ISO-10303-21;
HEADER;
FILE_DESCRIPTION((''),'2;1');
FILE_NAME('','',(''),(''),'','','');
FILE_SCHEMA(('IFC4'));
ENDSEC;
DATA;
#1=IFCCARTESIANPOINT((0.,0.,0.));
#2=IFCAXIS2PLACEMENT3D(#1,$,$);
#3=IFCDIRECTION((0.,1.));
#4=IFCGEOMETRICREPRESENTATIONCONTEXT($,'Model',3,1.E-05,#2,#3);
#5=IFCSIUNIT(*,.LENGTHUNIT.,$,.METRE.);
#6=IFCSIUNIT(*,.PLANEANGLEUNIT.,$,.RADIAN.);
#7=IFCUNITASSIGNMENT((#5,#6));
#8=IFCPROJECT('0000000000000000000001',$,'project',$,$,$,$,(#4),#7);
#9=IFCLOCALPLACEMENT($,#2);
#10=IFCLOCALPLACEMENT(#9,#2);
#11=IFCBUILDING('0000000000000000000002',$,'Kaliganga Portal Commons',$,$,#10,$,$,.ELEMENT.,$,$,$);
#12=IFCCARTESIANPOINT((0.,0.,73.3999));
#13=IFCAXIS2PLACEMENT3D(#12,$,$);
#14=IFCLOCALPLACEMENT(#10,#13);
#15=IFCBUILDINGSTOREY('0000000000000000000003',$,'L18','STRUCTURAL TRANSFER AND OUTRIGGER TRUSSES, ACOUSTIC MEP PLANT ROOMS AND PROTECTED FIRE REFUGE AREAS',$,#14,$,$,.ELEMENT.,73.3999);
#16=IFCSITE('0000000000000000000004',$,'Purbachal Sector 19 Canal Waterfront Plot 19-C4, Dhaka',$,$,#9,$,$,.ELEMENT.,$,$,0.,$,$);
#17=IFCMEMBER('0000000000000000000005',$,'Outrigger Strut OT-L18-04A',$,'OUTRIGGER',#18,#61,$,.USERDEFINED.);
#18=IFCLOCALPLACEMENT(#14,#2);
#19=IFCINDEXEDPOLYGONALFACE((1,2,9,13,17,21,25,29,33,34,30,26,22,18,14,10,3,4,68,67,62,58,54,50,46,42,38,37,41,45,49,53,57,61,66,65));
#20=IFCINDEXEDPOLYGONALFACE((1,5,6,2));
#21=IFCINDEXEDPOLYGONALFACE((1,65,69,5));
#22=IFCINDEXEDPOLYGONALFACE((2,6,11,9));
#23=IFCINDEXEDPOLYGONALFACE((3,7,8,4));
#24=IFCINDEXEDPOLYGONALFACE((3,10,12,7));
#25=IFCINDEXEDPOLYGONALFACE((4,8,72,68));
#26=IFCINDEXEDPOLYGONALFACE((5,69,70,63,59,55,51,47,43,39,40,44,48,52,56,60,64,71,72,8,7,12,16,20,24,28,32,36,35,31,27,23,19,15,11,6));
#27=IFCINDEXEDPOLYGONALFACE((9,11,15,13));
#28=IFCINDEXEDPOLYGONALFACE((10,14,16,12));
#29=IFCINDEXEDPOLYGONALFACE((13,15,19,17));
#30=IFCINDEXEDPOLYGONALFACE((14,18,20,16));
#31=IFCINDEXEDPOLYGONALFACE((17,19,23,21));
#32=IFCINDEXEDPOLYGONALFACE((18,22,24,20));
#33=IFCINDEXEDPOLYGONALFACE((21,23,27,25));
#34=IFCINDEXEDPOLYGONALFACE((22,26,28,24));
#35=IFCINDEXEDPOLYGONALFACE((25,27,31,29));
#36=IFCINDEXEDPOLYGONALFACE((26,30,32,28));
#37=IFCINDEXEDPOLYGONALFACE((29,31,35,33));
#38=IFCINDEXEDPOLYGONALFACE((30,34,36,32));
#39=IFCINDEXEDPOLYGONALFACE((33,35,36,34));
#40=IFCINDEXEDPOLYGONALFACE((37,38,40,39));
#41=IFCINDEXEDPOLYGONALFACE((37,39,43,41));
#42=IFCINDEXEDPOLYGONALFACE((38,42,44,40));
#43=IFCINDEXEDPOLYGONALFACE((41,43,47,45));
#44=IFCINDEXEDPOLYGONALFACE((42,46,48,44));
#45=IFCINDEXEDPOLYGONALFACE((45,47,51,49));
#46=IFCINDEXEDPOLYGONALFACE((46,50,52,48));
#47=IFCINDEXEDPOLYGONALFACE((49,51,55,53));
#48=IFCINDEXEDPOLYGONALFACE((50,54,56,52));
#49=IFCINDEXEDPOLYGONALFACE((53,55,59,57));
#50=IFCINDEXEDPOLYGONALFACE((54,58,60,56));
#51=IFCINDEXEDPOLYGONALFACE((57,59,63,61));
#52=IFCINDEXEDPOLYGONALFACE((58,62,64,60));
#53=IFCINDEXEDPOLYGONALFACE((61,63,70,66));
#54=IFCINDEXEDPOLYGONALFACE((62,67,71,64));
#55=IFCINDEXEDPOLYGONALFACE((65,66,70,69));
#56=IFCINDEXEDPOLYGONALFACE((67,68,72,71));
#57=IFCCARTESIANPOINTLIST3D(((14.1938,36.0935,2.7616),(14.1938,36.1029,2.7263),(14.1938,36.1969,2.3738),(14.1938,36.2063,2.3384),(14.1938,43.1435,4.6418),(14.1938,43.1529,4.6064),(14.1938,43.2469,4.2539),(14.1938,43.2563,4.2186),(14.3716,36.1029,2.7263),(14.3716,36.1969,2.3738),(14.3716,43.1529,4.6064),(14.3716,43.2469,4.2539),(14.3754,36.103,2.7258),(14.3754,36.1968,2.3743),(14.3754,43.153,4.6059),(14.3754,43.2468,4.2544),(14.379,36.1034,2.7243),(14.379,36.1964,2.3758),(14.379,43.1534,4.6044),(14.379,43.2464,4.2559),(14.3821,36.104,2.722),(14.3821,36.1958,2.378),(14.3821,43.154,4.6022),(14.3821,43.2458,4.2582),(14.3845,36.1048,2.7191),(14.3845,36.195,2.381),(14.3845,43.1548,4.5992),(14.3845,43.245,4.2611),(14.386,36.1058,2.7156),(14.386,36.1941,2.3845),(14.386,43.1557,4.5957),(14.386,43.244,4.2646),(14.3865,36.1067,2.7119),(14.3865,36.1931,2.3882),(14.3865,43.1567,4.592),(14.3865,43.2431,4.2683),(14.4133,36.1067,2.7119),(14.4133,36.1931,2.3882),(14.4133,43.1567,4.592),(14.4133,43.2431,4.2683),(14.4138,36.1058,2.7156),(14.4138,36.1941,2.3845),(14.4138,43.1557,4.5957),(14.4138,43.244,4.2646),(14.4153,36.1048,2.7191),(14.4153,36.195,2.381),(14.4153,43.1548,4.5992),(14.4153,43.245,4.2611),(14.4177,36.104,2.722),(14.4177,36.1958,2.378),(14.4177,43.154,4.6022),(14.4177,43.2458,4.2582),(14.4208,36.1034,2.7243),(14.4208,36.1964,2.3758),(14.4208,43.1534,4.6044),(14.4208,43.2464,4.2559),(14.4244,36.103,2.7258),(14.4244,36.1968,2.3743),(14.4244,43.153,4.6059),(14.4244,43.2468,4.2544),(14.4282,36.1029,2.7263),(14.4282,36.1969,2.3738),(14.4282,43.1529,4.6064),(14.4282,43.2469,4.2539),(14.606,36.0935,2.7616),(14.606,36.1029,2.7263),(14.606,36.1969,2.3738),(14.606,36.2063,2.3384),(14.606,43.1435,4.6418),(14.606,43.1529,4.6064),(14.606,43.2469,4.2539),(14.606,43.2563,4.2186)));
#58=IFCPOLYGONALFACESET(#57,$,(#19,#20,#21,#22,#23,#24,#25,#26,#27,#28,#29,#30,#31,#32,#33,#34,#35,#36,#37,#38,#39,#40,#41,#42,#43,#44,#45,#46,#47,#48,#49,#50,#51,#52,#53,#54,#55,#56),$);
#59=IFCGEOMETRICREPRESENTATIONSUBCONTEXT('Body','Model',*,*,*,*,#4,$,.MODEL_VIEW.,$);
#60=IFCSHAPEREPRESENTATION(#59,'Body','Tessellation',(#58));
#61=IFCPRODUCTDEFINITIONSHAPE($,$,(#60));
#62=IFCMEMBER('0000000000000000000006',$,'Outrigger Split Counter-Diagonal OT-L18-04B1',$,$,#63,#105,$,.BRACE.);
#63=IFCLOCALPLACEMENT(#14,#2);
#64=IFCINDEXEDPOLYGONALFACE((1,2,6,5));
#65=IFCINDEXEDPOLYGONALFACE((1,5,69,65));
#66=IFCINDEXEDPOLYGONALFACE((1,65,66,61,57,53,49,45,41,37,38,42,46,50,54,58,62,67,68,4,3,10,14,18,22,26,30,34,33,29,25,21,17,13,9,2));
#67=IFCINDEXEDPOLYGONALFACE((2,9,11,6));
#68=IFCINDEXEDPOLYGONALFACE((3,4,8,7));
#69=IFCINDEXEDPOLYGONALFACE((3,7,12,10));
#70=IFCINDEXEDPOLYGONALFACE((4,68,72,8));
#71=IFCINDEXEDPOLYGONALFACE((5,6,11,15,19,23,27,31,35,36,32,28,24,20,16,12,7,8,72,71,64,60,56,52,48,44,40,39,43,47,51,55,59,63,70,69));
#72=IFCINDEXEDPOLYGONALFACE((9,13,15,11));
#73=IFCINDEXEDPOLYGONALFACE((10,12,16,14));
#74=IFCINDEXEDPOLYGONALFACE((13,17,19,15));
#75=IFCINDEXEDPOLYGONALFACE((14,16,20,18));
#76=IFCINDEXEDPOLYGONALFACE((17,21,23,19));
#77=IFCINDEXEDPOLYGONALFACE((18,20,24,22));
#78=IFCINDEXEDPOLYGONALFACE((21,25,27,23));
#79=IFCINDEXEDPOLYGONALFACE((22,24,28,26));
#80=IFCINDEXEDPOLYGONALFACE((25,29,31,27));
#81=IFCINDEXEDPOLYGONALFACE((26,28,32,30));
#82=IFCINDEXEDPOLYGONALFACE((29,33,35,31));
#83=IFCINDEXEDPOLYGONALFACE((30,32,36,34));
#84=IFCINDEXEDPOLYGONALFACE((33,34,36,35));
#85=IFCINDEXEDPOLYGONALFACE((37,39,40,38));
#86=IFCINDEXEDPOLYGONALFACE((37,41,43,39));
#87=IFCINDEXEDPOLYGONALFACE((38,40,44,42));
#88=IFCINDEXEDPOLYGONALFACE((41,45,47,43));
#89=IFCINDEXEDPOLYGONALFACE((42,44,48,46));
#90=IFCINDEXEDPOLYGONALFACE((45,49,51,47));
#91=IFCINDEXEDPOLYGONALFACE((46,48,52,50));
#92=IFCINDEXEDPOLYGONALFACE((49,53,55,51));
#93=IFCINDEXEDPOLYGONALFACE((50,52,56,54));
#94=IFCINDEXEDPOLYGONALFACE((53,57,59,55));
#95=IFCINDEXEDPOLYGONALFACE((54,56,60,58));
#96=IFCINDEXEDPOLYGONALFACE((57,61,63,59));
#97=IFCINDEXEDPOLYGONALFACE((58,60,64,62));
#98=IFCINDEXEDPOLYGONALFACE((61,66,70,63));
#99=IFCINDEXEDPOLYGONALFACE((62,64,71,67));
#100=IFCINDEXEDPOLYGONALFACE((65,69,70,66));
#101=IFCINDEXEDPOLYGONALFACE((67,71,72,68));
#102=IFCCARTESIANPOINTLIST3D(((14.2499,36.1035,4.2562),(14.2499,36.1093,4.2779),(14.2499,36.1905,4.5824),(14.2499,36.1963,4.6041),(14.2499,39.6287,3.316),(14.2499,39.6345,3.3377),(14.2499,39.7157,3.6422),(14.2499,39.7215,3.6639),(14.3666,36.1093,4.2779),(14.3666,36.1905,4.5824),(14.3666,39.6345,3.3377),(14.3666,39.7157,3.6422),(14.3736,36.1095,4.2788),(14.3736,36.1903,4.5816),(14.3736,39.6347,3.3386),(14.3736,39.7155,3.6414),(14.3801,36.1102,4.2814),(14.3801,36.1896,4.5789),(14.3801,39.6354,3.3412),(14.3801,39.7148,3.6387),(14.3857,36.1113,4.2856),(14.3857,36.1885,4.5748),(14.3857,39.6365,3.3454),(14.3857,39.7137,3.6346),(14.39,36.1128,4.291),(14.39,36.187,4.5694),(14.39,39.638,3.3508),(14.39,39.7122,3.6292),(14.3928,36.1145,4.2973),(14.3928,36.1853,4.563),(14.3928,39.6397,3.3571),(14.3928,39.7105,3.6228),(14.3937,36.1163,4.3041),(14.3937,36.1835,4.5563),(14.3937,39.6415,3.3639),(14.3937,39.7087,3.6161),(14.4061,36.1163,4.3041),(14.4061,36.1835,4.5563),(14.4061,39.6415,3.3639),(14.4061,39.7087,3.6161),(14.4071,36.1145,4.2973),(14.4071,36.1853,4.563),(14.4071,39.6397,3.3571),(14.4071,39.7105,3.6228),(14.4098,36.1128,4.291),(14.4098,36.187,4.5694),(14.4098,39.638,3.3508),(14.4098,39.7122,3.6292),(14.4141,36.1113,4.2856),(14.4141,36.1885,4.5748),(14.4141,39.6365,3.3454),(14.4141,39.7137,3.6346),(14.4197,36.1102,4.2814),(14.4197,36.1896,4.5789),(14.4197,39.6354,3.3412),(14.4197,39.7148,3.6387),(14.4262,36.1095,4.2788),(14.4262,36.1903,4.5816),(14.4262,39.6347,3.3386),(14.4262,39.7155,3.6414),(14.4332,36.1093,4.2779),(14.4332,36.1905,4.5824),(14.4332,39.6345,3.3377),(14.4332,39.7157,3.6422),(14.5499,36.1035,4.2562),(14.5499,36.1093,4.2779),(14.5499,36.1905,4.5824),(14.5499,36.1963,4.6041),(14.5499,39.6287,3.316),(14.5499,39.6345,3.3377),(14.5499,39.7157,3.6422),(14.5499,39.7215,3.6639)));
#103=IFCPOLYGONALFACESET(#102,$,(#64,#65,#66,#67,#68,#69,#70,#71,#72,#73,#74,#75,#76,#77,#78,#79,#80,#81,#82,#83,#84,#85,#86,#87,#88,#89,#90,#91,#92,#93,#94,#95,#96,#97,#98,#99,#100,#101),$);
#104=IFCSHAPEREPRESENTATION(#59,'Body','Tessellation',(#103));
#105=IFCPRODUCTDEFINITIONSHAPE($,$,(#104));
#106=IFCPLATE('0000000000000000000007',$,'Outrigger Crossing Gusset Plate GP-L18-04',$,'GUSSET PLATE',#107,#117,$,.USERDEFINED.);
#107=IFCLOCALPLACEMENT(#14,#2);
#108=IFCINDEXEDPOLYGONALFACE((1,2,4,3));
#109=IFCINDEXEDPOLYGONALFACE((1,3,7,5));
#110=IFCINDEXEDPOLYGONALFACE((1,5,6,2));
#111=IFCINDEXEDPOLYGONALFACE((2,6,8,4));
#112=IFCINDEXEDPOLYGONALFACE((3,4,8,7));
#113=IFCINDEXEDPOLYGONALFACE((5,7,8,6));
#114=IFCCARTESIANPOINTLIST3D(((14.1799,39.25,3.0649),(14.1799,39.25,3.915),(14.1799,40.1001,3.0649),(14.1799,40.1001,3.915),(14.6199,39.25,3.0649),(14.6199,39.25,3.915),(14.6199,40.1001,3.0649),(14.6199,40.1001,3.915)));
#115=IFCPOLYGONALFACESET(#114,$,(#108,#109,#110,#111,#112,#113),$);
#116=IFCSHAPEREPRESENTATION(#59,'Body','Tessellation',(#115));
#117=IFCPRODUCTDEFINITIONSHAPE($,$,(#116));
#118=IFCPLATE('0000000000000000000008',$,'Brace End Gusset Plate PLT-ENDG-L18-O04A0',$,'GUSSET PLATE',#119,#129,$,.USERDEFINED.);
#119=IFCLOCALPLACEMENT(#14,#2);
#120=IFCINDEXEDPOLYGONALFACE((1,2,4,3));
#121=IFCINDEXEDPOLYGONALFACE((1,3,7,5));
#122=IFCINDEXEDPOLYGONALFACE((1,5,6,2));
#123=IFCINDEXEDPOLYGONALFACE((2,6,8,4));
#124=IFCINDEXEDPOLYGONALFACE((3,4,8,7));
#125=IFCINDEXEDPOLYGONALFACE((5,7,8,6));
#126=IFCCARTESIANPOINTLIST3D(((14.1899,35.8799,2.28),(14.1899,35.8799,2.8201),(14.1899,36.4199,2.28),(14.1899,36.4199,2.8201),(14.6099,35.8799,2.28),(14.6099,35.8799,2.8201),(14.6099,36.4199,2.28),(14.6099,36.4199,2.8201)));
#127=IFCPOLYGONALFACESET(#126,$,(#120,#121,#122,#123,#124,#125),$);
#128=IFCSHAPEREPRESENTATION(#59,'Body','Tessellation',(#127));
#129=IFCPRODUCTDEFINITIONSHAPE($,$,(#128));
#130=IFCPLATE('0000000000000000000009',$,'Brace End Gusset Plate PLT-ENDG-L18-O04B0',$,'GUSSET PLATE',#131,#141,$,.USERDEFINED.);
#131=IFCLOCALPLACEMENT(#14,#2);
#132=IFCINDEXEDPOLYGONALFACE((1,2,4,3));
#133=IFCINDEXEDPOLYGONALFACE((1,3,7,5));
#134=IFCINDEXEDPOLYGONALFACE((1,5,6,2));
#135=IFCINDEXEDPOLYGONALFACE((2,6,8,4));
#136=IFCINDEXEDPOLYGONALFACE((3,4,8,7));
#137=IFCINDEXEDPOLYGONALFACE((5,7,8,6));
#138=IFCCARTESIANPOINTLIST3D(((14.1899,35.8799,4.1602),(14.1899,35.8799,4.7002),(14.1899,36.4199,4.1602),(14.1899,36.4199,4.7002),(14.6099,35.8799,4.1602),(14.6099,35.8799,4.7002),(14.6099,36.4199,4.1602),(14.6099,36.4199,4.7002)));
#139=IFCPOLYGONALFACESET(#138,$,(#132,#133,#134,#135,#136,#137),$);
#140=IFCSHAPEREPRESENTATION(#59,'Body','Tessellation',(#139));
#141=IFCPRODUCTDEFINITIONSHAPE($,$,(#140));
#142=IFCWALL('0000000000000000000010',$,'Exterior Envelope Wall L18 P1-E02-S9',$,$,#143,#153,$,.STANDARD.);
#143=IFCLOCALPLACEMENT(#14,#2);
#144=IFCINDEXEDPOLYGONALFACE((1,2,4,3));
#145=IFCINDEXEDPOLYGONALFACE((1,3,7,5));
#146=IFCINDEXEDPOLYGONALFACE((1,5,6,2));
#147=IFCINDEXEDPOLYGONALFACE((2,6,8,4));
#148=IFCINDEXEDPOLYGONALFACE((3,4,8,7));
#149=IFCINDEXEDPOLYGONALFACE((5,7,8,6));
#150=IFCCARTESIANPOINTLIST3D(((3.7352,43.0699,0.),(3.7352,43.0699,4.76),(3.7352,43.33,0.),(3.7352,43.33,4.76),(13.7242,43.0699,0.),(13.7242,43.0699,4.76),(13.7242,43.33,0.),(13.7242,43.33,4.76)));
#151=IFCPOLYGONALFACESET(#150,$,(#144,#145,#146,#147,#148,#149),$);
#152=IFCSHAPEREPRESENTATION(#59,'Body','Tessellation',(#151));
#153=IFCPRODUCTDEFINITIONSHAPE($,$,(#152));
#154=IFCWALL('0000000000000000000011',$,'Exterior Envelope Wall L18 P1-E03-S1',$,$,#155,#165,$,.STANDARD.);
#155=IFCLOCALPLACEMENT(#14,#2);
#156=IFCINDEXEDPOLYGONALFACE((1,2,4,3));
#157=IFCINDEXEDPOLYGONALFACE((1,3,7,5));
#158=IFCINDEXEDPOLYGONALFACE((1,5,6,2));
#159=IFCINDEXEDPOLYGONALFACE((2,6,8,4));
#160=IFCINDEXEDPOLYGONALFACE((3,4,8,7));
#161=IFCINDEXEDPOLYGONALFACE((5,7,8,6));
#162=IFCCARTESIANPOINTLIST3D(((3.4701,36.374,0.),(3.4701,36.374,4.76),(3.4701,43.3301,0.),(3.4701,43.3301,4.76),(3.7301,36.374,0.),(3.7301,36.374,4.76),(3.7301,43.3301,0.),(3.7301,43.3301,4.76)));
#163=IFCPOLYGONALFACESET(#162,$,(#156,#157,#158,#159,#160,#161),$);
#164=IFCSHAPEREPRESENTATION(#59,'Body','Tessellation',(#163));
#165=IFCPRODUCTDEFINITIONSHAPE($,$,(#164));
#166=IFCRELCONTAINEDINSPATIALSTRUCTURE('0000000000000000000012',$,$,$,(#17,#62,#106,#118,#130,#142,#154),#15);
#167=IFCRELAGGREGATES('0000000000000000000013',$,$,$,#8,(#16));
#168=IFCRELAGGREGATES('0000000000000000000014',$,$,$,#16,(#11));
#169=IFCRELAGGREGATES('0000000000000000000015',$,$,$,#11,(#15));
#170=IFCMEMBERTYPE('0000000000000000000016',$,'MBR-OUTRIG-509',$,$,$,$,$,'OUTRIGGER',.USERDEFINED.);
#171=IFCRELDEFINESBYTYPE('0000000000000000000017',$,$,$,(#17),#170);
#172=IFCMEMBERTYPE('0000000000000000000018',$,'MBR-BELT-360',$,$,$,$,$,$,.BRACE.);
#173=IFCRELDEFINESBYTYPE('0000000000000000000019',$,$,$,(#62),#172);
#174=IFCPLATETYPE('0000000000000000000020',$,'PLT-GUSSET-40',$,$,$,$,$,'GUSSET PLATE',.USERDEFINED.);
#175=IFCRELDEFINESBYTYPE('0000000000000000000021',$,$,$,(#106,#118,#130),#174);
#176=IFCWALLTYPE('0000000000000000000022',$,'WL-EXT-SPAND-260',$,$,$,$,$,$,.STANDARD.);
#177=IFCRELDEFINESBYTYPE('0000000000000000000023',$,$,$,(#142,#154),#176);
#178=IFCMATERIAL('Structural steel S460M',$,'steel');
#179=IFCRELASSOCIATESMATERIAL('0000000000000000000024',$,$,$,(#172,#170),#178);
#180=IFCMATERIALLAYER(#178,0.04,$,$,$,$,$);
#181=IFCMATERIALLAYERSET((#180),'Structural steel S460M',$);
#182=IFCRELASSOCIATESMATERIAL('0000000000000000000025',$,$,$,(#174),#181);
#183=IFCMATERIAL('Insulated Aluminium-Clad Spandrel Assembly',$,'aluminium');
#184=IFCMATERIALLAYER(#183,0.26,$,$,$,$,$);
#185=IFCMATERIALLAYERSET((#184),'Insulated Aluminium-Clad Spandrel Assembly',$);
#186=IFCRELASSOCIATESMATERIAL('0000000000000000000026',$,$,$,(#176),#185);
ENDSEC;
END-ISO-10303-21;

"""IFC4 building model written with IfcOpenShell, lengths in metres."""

from ifc_helpers import new_model, si_unit, direction, frame, frame_2d, origin, origin_2d, place, context, subcontext, project, spatial, rectangle, i_section, extrude, source, transform, mapped, material, layer, layer_set, material_profile, profile_set, type_object, element, save


model = new_model("IFC4")

# Units and contexts
model_context = context("Model", 3, precision=1e-05, world=origin(), true_north=direction((0.0, 1.0)))
body_context = subcontext(model_context, "Body", "Model", "MODEL_VIEW")
ifc_project = project(units=[si_unit("LENGTHUNIT", "METRE"), si_unit("PLANEANGLEUNIT", "RADIAN")], contexts=[model_context])

# Site, building, storey
site_placement = place(None, origin())
site = spatial("IfcSite", under=ifc_project, at=site_placement, Name="Purbachal Sector 19 Canal Waterfront Plot 19-C4, Dhaka", CompositionType="ELEMENT", RefElevation=0.0)
building_placement = place(site_placement, origin())
building = spatial("IfcBuilding", under=site, at=building_placement, Name="Kaliganga Portal Commons", CompositionType="ELEMENT")
storey_placement = place(building_placement, frame((0.0, 0.0, 73.3999)))
storey = spatial("IfcBuildingStorey", under=building, at=storey_placement, Name="L18", Description="STRUCTURAL TRANSFER AND OUTRIGGER TRUSSES, ACOUSTIC MEP PLANT ROOMS AND PROTECTED FIRE REFUGE AREAS", CompositionType="ELEMENT", Elevation=73.3999)

# Shared definitions
ifc_material_1 = material(Name="Structural steel S460M", Category="steel")

# Members
ifc_material_profile_1 = material_profile(ifc_material_1, i_section(OverallWidth=0.3, OverallDepth=0.3601, WebThickness=0.0125, FlangeThickness=0.0225, FilletRadius=0.0271, at=origin_2d()), Name="HE 360 B")
ifc_profile_set_1 = profile_set([ifc_material_profile_1], Name="Structural steel S460M wide-flange")
member_type_1 = type_object("IfcMemberType", Name="MBR-BELT-360", PredefinedType="BRACE", material=ifc_profile_set_1)
ifc_material_profile_2 = material_profile(ifc_material_1, i_section(OverallWidth=0.4121, OverallDepth=0.438, WebThickness=0.0269, FlangeThickness=0.0366, FilletRadius=0.0149, at=origin_2d()), Name="HD 400x463")
ifc_profile_set_2 = profile_set([ifc_material_profile_2], Name="Structural steel S460M wide-flange")
member_type_2 = type_object("IfcMemberType", Name="MBR-OUTRIG-509", ElementType="OUTRIGGER", PredefinedType="USERDEFINED", material=ifc_profile_set_2)
shared_shape_1 = source(origin(), body_context, "Body", "SweptSolid", [
    extrude(i_section(OverallWidth=0.4121, OverallDepth=0.438, WebThickness=0.0269, FlangeThickness=0.0366, FilletRadius=0.0149, at=origin_2d()), origin(), (0.0, 0.0, 1.0), 7.2964),
])
member_1_placement = place(storey_placement, frame((14.3999, 36.1499, 2.55), z_axis=(0.0, 0.966231, 0.257677), x_axis=(-1.0, 0.0, 0.0)))
element("IfcMember", 1, at=member_1_placement, inside=storey, type_object=member_type_2, Name="Outrigger Strut OT-L18-04A", ObjectType="OUTRIGGER", PredefinedType="USERDEFINED", context=body_context, shape_type="MappedRepresentation", body=[
    mapped(shared_shape_1, transform((0.0, 0.0, 0.0), x_axis=(1.0, 0.0, 0.0), y_axis=(0.0, 1.0, 0.0), z_axis=(0.0, 0.0, 1.0), scale=1.0)),
])
shared_shape_2 = source(origin(), body_context, "Body", "SweptSolid", [
    extrude(i_section(OverallWidth=0.3, OverallDepth=0.3601, WebThickness=0.0125, FlangeThickness=0.0225, FilletRadius=0.0271, at=origin_2d()), origin(), (0.0, 0.0, 1.0), 3.6484),
])
member_2_placement = place(storey_placement, frame((14.3999, 36.1499, 4.4302), z_axis=(0.0, 0.966225, -0.2577), x_axis=(-1.0, 0.0, 0.0)))
element("IfcMember", 2, at=member_2_placement, inside=storey, type_object=member_type_1, Name="Outrigger Split Counter-Diagonal OT-L18-04B1", PredefinedType="BRACE", context=body_context, shape_type="MappedRepresentation", body=[
    mapped(shared_shape_2, transform((0.0, 0.0, 0.0), x_axis=(1.0, 0.0, 0.0), y_axis=(0.0, 1.0, 0.0), z_axis=(0.0, 0.0, 1.0), scale=1.0)),
])

# Plates
ifc_layer_1 = layer(ifc_material_1, 0.04)
ifc_layer_set_1 = layer_set([ifc_layer_1], Name="Structural steel S460M")
plate_type = type_object("IfcPlateType", Name="PLT-GUSSET-40", ElementType="GUSSET PLATE", PredefinedType="USERDEFINED", material=ifc_layer_set_1)
shared_shape_3 = source(origin(), body_context, "Body", "SweptSolid", [
    extrude(rectangle(XDim=0.8501, YDim=0.4399, at=origin_2d()), origin(), (0.0, 0.0, 1.0), 0.8501),
])
plate_placement = place(storey_placement, frame((14.3999, 39.675, 3.0649), z_axis=(0.0, 0.0, 1.0), x_axis=(0.0, 1.0, 0.0)))
element("IfcPlate", 3, at=plate_placement, inside=storey, type_object=plate_type, Name="Outrigger Crossing Gusset Plate GP-L18-04", ObjectType="GUSSET PLATE", PredefinedType="USERDEFINED", context=body_context, shape_type="MappedRepresentation", body=[
    mapped(shared_shape_3, transform((0.0, 0.0, 0.0), x_axis=(1.0, 0.0, 0.0), y_axis=(0.0, 1.0, 0.0), z_axis=(0.0, 0.0, 1.0), scale=1.0)),
])
shared_shape_4 = source(origin(), body_context, "Body", "SweptSolid", [
    extrude(rectangle(XDim=0.54, YDim=0.4199, at=origin_2d()), origin(), (0.0, 0.0, 1.0), 0.54),
])
for number, where, z_axis, x_axis, name in (
    (4, (14.3999, 36.1499, 2.28), (0.0, 0.0, 1.0), (0.0, 1.0, 0.0), "Brace End Gusset Plate PLT-ENDG-L18-O04A0"),
    (5, (14.3999, 36.1499, 4.1602), (0.0, 0.0, 1.0), (0.0, 1.0, 0.0), "Brace End Gusset Plate PLT-ENDG-L18-O04B0"),
):
    element("IfcPlate", number, at=place(storey_placement, frame(where, z_axis=z_axis, x_axis=x_axis)), inside=storey, type_object=plate_type, Name=name, ObjectType="GUSSET PLATE", PredefinedType="USERDEFINED", context=body_context, shape_type="MappedRepresentation", body=[
        mapped(shared_shape_4, transform((0.0, 0.0, 0.0), x_axis=(1.0, 0.0, 0.0), y_axis=(0.0, 1.0, 0.0), z_axis=(0.0, 0.0, 1.0), scale=1.0)),
    ])

# Walls
ifc_material_2 = material(Name="Insulated Aluminium-Clad Spandrel Assembly", Category="aluminium")
ifc_layer_2 = layer(ifc_material_2, 0.26)
ifc_layer_set_2 = layer_set([ifc_layer_2], Name="Insulated Aluminium-Clad Spandrel Assembly")
wall_type_1 = type_object("IfcWallType", Name="WL-EXT-SPAND-260", PredefinedType="STANDARD", material=ifc_layer_set_2)
wall_1_placement = place(storey_placement, frame((3.7351, 43.2, 0.0), z_axis=(0.0, 0.0, 1.0), x_axis=(1.0, 0.0, 0.0)))
element("IfcWall", 6, at=wall_1_placement, inside=storey, type_object=wall_type_1, Name="Exterior Envelope Wall L18 P1-E02-S9", PredefinedType="STANDARD", context=body_context, shape_type="SweptSolid", body=[
    extrude(rectangle(XDim=9.989, YDim=0.26, at=frame_2d((4.9946, 0.0))), origin(), (0.0, 0.0, 1.0), 4.76),
])
wall_2_placement = place(storey_placement, frame((3.6001, 36.374, 0.0), z_axis=(0.0, 0.0, 1.0), x_axis=(0.0, 1.0, 0.0)))
element("IfcWall", 7, at=wall_2_placement, inside=storey, type_object=wall_type_1, Name="Exterior Envelope Wall L18 P1-E03-S1", PredefinedType="STANDARD", context=body_context, shape_type="SweptSolid", body=[
    extrude(rectangle(XDim=6.9561, YDim=0.26, at=frame_2d((3.478, 0.0))), origin(), (0.0, 0.0, 1.0), 4.76),
])

save(model, "model.ifc")
